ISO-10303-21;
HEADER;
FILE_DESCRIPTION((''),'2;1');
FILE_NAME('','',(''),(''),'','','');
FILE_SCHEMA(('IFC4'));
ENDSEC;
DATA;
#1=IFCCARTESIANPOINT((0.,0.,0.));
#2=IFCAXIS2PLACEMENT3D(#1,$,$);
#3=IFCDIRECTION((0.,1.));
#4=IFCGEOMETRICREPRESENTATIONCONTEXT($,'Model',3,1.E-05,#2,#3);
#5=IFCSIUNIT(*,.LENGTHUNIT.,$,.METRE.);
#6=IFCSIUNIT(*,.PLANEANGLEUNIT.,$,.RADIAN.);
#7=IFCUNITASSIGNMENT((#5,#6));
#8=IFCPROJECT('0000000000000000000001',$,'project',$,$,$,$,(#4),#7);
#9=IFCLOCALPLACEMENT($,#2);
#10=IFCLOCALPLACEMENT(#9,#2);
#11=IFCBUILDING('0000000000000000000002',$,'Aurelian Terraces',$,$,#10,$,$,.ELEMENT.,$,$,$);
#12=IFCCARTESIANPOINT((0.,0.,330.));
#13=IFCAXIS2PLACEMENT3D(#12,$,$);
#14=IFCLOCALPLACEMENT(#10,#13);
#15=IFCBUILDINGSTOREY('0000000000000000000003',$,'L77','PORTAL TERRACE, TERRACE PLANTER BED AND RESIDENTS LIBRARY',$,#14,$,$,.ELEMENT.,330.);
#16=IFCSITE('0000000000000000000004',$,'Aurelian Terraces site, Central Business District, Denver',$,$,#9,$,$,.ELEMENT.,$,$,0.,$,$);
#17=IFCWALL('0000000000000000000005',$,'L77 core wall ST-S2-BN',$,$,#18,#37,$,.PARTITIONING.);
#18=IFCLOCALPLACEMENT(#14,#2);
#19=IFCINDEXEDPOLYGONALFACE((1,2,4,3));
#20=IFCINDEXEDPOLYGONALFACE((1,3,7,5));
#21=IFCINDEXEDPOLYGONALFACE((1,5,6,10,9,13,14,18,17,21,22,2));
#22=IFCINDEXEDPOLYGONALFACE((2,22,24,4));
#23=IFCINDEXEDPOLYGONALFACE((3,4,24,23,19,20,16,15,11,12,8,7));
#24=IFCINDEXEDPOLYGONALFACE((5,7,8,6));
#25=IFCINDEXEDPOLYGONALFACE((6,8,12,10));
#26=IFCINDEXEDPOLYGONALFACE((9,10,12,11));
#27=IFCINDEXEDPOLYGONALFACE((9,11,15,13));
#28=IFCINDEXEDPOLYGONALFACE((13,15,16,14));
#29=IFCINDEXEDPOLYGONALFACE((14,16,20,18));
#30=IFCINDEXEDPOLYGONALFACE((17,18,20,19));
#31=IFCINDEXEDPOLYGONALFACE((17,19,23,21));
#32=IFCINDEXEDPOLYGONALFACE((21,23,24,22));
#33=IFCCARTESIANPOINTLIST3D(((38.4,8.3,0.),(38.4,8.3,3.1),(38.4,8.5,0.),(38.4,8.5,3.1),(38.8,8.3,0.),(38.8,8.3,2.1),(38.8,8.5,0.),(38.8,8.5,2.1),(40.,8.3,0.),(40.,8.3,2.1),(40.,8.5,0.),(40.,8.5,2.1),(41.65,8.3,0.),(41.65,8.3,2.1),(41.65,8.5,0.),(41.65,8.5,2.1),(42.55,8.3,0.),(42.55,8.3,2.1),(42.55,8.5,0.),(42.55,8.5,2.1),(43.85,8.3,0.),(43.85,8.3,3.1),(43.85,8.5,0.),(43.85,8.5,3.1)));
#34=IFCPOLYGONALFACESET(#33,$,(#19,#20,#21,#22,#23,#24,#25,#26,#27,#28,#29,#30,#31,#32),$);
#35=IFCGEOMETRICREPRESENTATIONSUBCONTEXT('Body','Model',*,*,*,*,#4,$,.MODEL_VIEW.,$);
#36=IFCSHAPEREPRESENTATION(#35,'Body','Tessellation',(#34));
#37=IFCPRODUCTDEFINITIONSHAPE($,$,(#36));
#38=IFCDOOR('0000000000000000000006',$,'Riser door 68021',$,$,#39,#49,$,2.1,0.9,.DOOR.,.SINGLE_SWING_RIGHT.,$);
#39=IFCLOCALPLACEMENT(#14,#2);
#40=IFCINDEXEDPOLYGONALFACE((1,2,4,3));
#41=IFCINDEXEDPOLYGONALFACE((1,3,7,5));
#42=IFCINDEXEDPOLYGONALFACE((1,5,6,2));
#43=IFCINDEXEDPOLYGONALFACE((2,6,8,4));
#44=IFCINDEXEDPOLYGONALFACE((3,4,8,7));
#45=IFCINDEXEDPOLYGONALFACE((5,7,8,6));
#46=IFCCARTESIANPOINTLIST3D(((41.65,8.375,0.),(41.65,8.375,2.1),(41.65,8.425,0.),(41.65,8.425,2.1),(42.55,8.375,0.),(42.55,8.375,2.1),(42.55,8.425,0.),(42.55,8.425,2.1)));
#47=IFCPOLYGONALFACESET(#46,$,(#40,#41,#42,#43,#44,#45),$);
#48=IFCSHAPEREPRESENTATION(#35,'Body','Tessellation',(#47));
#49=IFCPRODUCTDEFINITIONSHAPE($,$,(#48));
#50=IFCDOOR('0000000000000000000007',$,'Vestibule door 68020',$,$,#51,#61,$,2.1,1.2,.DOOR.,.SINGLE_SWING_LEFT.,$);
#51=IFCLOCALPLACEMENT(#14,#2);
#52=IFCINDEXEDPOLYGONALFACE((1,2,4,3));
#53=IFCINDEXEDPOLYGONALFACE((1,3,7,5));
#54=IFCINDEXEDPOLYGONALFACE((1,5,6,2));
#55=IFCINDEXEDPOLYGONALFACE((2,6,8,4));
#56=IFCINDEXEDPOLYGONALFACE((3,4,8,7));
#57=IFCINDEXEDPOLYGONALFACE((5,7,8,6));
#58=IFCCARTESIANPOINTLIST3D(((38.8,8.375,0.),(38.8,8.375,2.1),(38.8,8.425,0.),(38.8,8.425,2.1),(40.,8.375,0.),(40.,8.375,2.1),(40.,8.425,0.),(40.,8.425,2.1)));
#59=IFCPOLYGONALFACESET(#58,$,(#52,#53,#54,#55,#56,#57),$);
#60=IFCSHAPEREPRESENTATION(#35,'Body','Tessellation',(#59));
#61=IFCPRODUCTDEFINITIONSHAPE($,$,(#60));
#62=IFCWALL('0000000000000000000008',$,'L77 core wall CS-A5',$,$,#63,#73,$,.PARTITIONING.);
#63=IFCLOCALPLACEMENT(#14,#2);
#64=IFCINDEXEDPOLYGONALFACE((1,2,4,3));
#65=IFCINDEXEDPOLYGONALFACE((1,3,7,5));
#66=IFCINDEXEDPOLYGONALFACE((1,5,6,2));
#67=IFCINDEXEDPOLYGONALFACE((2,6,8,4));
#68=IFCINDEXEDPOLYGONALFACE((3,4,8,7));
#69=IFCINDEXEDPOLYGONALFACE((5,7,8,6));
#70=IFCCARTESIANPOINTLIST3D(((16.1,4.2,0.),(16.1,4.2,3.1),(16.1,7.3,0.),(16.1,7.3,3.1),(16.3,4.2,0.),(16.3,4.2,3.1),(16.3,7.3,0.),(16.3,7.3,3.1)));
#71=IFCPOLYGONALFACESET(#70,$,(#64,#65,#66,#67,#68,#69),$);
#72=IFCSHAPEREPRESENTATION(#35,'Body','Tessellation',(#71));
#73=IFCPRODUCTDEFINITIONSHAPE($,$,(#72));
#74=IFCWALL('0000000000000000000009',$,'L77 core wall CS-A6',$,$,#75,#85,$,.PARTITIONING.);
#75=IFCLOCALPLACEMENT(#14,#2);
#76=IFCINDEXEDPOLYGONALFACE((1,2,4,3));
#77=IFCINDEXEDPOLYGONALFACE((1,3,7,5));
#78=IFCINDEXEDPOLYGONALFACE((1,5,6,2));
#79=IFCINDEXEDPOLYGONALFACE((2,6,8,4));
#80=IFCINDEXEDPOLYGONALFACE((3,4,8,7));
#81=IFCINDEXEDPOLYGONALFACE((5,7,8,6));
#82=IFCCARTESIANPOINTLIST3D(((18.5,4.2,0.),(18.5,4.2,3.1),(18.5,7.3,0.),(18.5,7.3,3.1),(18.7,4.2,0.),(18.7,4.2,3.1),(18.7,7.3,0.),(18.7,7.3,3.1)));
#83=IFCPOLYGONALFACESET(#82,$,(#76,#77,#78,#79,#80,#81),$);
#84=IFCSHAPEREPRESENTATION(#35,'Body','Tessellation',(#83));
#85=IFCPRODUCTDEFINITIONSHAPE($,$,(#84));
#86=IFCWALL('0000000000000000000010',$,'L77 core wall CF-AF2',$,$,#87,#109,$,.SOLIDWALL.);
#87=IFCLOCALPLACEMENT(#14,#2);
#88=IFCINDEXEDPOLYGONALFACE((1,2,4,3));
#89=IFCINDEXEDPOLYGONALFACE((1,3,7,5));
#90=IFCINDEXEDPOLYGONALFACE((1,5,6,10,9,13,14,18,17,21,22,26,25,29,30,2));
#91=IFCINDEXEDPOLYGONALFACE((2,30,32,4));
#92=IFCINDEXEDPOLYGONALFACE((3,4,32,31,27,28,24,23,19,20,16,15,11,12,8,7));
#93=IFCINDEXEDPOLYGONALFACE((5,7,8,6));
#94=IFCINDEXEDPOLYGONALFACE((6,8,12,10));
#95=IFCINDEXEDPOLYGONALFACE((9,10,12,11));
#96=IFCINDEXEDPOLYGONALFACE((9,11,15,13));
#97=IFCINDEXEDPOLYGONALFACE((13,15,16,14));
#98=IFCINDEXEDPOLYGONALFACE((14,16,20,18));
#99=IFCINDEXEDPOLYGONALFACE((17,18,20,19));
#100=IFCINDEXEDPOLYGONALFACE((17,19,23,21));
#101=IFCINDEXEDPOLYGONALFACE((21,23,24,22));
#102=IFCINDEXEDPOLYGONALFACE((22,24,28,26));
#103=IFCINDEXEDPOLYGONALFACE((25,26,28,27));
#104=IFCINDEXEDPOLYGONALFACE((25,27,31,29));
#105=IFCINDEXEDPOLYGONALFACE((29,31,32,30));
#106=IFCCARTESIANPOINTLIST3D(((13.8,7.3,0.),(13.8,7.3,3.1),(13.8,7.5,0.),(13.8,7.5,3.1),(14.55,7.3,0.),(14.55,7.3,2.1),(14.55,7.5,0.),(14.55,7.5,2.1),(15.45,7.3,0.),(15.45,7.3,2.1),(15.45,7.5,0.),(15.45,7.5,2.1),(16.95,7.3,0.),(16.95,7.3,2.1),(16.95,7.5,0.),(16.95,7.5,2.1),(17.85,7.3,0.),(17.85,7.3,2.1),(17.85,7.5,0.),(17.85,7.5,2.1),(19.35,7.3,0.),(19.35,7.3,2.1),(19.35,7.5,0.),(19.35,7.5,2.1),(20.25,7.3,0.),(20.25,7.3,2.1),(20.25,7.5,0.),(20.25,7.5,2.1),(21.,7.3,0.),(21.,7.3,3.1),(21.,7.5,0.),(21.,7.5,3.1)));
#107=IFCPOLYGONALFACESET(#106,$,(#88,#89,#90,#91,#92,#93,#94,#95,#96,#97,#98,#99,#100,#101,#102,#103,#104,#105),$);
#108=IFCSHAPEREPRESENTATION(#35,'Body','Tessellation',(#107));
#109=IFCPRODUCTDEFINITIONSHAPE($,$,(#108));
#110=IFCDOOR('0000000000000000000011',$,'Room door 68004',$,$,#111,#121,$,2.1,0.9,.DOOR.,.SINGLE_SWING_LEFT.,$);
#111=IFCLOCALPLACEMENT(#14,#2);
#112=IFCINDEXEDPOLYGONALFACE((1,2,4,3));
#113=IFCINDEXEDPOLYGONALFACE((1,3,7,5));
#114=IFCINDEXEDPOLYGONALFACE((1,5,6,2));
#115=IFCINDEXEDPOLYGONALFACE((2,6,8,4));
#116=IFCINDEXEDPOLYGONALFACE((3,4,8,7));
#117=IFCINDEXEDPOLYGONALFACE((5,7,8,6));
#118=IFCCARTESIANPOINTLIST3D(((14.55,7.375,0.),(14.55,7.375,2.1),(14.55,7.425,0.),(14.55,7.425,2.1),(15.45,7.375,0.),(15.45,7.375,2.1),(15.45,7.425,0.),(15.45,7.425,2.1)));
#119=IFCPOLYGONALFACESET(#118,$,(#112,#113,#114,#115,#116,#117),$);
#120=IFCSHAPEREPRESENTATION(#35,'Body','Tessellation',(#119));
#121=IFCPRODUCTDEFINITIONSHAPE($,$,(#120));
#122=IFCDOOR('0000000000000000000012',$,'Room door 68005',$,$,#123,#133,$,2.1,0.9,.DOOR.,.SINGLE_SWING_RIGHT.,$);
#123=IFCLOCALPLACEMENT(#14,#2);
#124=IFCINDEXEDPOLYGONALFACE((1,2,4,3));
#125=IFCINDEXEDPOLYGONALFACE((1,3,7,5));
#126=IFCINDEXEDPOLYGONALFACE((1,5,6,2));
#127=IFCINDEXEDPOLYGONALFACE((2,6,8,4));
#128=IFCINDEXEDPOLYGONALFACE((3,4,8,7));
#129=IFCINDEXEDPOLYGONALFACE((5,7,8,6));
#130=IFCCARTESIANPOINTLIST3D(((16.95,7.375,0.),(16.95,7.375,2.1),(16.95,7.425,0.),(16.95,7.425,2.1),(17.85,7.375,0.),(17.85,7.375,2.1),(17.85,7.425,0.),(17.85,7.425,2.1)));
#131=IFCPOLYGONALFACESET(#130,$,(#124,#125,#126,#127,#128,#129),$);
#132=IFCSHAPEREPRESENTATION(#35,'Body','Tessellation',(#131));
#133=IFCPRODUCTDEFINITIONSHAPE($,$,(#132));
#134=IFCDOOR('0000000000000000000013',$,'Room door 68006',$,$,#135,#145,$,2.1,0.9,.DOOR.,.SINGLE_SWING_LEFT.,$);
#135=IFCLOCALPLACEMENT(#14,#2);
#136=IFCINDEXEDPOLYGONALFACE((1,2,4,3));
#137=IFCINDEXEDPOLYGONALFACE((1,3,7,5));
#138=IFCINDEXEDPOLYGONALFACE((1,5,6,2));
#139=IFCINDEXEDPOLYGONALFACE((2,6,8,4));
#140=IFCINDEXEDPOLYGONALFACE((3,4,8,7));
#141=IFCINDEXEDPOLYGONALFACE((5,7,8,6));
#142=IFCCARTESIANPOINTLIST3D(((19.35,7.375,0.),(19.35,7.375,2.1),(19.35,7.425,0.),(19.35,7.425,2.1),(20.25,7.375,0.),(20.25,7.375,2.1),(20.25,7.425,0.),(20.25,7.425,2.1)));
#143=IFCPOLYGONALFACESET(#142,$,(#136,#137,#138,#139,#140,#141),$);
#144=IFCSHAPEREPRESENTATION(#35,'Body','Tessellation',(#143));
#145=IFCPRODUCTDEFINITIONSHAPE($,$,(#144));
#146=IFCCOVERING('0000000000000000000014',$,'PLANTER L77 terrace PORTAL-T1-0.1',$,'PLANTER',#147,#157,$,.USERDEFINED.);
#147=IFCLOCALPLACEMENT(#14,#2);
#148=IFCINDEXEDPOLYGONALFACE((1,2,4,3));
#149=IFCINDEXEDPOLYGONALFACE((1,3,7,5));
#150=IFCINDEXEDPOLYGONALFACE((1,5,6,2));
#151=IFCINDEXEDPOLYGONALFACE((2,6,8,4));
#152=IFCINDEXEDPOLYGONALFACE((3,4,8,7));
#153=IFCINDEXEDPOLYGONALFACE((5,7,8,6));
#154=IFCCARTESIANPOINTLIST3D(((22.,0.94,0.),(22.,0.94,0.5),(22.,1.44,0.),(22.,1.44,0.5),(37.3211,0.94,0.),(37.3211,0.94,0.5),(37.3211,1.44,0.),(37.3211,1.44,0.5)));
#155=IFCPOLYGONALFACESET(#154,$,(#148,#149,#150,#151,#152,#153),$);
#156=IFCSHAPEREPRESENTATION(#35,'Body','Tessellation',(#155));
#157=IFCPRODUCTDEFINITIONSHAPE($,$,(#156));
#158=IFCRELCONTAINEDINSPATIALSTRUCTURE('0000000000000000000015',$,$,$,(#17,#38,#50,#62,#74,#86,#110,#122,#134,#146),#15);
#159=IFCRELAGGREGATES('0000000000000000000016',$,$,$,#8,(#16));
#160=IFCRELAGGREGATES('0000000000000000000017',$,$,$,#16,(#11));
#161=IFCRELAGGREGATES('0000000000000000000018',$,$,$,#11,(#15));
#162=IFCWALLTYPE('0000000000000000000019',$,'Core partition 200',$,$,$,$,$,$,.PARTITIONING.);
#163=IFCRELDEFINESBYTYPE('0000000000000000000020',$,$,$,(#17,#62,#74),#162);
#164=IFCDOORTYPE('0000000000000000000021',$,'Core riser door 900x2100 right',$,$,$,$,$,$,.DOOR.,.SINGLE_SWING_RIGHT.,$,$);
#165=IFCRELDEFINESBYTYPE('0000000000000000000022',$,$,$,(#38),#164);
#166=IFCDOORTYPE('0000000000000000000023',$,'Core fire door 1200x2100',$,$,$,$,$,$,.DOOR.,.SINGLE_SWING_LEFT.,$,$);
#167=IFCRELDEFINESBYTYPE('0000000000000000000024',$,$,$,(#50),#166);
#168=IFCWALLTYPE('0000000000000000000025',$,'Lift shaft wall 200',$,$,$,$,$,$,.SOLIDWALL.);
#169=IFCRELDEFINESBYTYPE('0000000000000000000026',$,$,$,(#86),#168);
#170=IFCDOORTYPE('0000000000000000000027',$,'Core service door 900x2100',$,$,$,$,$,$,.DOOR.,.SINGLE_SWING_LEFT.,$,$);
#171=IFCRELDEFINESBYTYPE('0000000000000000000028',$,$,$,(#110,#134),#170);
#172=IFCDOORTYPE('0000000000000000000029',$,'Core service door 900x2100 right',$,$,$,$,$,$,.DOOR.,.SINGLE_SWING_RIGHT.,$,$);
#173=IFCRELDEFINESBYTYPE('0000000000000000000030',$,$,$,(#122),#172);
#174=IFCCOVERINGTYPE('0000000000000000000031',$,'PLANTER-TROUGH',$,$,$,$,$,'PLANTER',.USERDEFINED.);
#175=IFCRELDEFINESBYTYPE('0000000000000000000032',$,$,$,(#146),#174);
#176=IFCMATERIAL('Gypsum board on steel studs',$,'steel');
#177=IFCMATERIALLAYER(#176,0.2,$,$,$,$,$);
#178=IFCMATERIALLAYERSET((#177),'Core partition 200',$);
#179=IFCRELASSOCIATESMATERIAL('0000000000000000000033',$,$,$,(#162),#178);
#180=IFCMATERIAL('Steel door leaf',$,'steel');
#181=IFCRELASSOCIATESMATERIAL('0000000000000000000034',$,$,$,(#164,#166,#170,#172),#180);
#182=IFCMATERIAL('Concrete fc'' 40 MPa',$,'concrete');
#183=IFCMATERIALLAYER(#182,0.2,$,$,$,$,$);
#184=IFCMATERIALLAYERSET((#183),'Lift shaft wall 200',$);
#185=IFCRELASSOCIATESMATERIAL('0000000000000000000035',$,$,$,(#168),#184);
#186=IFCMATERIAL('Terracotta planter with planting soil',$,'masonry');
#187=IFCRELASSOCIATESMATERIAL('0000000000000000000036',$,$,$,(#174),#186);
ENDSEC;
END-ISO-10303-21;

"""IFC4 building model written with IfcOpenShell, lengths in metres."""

from ifc_helpers import new_model, si_unit, direction, frame, frame_2d, origin, origin_2d, place, context, subcontext, project, spatial, rectangle, extrude, source, transform, mapped, material, layer, layer_set, type_object, element, fill, save


model = new_model("IFC4")

# Units and contexts
model_context = context("Model", 3, precision=1e-05, world=origin(), true_north=direction((0.0, 1.0)))
body_context = subcontext(model_context, "Body", "Model", "MODEL_VIEW")
ifc_project = project(units=[si_unit("LENGTHUNIT", "METRE"), si_unit("PLANEANGLEUNIT", "RADIAN")], contexts=[model_context])

# Site, building, storey
site_placement = place(None, origin())
site = spatial("IfcSite", under=ifc_project, at=site_placement, Name="Aurelian Terraces site, Central Business District, Denver", CompositionType="ELEMENT", RefElevation=0.0)
building_placement = place(site_placement, origin())
building = spatial("IfcBuilding", under=site, at=building_placement, Name="Aurelian Terraces", CompositionType="ELEMENT")
storey_placement = place(building_placement, frame((0.0, 0.0, 330.0)))
storey = spatial("IfcBuildingStorey", under=building, at=storey_placement, Name="L77", Description="PORTAL TERRACE, TERRACE PLANTER BED AND RESIDENTS LIBRARY", CompositionType="ELEMENT", Elevation=330.0)

# Shared definitions
ifc_material_1 = material(Name="Concrete fc' 40 MPa", Category="concrete")

# Shared definitions
ifc_material_2 = material(Name="Steel door leaf", Category="steel")

# Wall, openings, doors
ifc_material_3 = material(Name="Gypsum board on steel studs", Category="steel")
ifc_layer_1 = layer(ifc_material_3, 0.2)
ifc_layer_set_1 = layer_set([ifc_layer_1], Name="Core partition 200")
wall_type_1 = type_object("IfcWallType", Name="Core partition 200", PredefinedType="PARTITIONING", material=ifc_layer_set_1)
shared_shape_1 = source(origin(), body_context, "Body", "SweptSolid", [
    extrude(rectangle(XDim=5.45, YDim=0.2, at=frame_2d((2.725, 0.0))), origin(), (0.0, 0.0, 1.0), 3.1),
])
wall_1_placement = place(storey_placement, frame((38.4, 8.4, 0.0), z_axis=(0.0, 0.0, 1.0), x_axis=(1.0, 0.0, 0.0)))
wall_1 = element("IfcWall", 1, at=wall_1_placement, inside=storey, type_object=wall_type_1, Name="L77 core wall ST-S2-BN", PredefinedType="PARTITIONING", context=body_context, shape_type="MappedRepresentation", body=[
    mapped(shared_shape_1, transform((0.0, 0.0, 0.0), scale=1.0)),
])
shared_shape_2 = source(origin(), body_context, "Body", "SweptSolid", [
    extrude(rectangle(XDim=1.2, YDim=2.1, at=frame_2d((0.6, 1.05))), frame((0.0, 0.11, 0.0), z_axis=(0.0, -1.0, 0.0), x_axis=(1.0, 0.0, 0.0)), (0.0, 0.0, 1.0), 0.22),
])
opening_1_placement = place(wall_1_placement, frame((0.4, 0.0, 0.0)))
opening_1 = element("IfcOpeningElement", 2, at=opening_1_placement, cuts=wall_1, PredefinedType="OPENING", context=body_context, shape_type="MappedRepresentation", body=[
    mapped(shared_shape_2, transform((0.0, 0.0, 0.0), scale=1.0)),
])
shared_shape_3 = source(origin(), body_context, "Body", "SweptSolid", [
    extrude(rectangle(XDim=0.9, YDim=2.1, at=frame_2d((0.45, 1.05))), frame((0.0, 0.11, 0.0), z_axis=(0.0, -1.0, 0.0), x_axis=(1.0, 0.0, 0.0)), (0.0, 0.0, 1.0), 0.22),
])
opening_2_placement = place(wall_1_placement, frame((3.25, 0.0, 0.0)))
opening_2 = element("IfcOpeningElement", 3, at=opening_2_placement, cuts=wall_1, PredefinedType="OPENING", context=body_context, shape_type="MappedRepresentation", body=[
    mapped(shared_shape_3, transform((0.0, 0.0, 0.0), scale=1.0)),
])
door_type_1 = type_object("IfcDoorType", Name="Core riser door 900x2100 right", OperationType="SINGLE_SWING_RIGHT", PredefinedType="DOOR", material=ifc_material_2)
shared_shape_4 = source(origin(), body_context, "Body", "SweptSolid", [
    extrude(rectangle(XDim=0.9, YDim=2.1, at=frame_2d((0.45, 1.05))), frame((0.0, 0.025, 0.0), z_axis=(0.0, -1.0, 0.0), x_axis=(1.0, 0.0, 0.0)), (0.0, 0.0, 1.0), 0.05),
])
door_1_placement = place(opening_2_placement, origin())
door_1 = element("IfcDoor", 4, at=door_1_placement, inside=storey, type_object=door_type_1, Name="Riser door 68021", OperationType="SINGLE_SWING_RIGHT", OverallHeight=2.1, OverallWidth=0.9, PredefinedType="DOOR", context=body_context, shape_type="MappedRepresentation", body=[
    mapped(shared_shape_4, transform((0.0, 0.0, 0.0), scale=1.0)),
])
fill(opening_2, door_1)
door_type_2 = type_object("IfcDoorType", Name="Core fire door 1200x2100", OperationType="SINGLE_SWING_LEFT", PredefinedType="DOOR", material=ifc_material_2)
shared_shape_5 = source(origin(), body_context, "Body", "SweptSolid", [
    extrude(rectangle(XDim=1.2, YDim=2.1, at=frame_2d((0.6, 1.05))), frame((0.0, 0.025, 0.0), z_axis=(0.0, -1.0, 0.0), x_axis=(1.0, 0.0, 0.0)), (0.0, 0.0, 1.0), 0.05),
])
door_2_placement = place(opening_1_placement, origin())
door_2 = element("IfcDoor", 5, at=door_2_placement, inside=storey, type_object=door_type_2, Name="Vestibule door 68020", OperationType="SINGLE_SWING_LEFT", OverallHeight=2.1, OverallWidth=1.2, PredefinedType="DOOR", context=body_context, shape_type="MappedRepresentation", body=[
    mapped(shared_shape_5, transform((0.0, 0.0, 0.0), scale=1.0)),
])
fill(opening_1, door_2)

# Walls
shared_shape_6 = source(origin(), body_context, "Body", "SweptSolid", [
    extrude(rectangle(XDim=3.1, YDim=0.2, at=frame_2d((1.55, 0.0))), origin(), (0.0, 0.0, 1.0), 3.1),
])
for number, where, z_axis, x_axis, name in (
    (6, (16.2, 4.2, 0.0), (0.0, 0.0, 1.0), (0.0, 1.0, 0.0), "L77 core wall CS-A5"),
    (7, (18.6, 4.2, 0.0), (0.0, 0.0, 1.0), (0.0, 1.0, 0.0), "L77 core wall CS-A6"),
):
    element("IfcWall", number, at=place(storey_placement, frame(where, z_axis=z_axis, x_axis=x_axis)), inside=storey, type_object=wall_type_1, Name=name, PredefinedType="PARTITIONING", context=body_context, shape_type="MappedRepresentation", body=[
        mapped(shared_shape_6, transform((0.0, 0.0, 0.0), scale=1.0)),
    ])

# Wall, openings, doors
ifc_layer_2 = layer(ifc_material_1, 0.2)
ifc_layer_set_2 = layer_set([ifc_layer_2], Name="Lift shaft wall 200")
wall_type_2 = type_object("IfcWallType", Name="Lift shaft wall 200", PredefinedType="SOLIDWALL", material=ifc_layer_set_2)
shared_shape_7 = source(origin(), body_context, "Body", "SweptSolid", [
    extrude(rectangle(XDim=7.2, YDim=0.2, at=frame_2d((3.6, 0.0))), origin(), (0.0, 0.0, 1.0), 3.1),
])
wall_2_placement = place(storey_placement, frame((13.8, 7.4, 0.0), z_axis=(0.0, 0.0, 1.0), x_axis=(1.0, 0.0, 0.0)))
wall_2 = element("IfcWall", 8, at=wall_2_placement, inside=storey, type_object=wall_type_2, Name="L77 core wall CF-AF2", PredefinedType="SOLIDWALL", context=body_context, shape_type="MappedRepresentation", body=[
    mapped(shared_shape_7, transform((0.0, 0.0, 0.0), scale=1.0)),
])
opening_3_placement = place(wall_2_placement, frame((0.75, 0.0, 0.0)))
opening_3 = element("IfcOpeningElement", 9, at=opening_3_placement, cuts=wall_2, PredefinedType="OPENING", context=body_context, shape_type="MappedRepresentation", body=[
    mapped(shared_shape_3, transform((0.0, 0.0, 0.0), scale=1.0)),
])
opening_4_placement = place(wall_2_placement, frame((3.15, 0.0, 0.0)))
opening_4 = element("IfcOpeningElement", 10, at=opening_4_placement, cuts=wall_2, PredefinedType="OPENING", context=body_context, shape_type="MappedRepresentation", body=[
    mapped(shared_shape_3, transform((0.0, 0.0, 0.0), scale=1.0)),
])
opening_5_placement = place(wall_2_placement, frame((5.55, 0.0, 0.0)))
opening_5 = element("IfcOpeningElement", 11, at=opening_5_placement, cuts=wall_2, PredefinedType="OPENING", context=body_context, shape_type="MappedRepresentation", body=[
    mapped(shared_shape_3, transform((0.0, 0.0, 0.0), scale=1.0)),
])
door_type_3 = type_object("IfcDoorType", Name="Core service door 900x2100", OperationType="SINGLE_SWING_LEFT", PredefinedType="DOOR", material=ifc_material_2)
door_3_placement = place(opening_3_placement, origin())
door_3 = element("IfcDoor", 12, at=door_3_placement, inside=storey, type_object=door_type_3, Name="Room door 68004", OperationType="SINGLE_SWING_LEFT", OverallHeight=2.1, OverallWidth=0.9, PredefinedType="DOOR", context=body_context, shape_type="MappedRepresentation", body=[
    mapped(shared_shape_4, transform((0.0, 0.0, 0.0), scale=1.0)),
])
fill(opening_3, door_3)
door_type_4 = type_object("IfcDoorType", Name="Core service door 900x2100 right", OperationType="SINGLE_SWING_RIGHT", PredefinedType="DOOR", material=ifc_material_2)
door_4_placement = place(opening_4_placement, origin())
door_4 = element("IfcDoor", 13, at=door_4_placement, inside=storey, type_object=door_type_4, Name="Room door 68005", OperationType="SINGLE_SWING_RIGHT", OverallHeight=2.1, OverallWidth=0.9, PredefinedType="DOOR", context=body_context, shape_type="MappedRepresentation", body=[
    mapped(shared_shape_4, transform((0.0, 0.0, 0.0), scale=1.0)),
])
fill(opening_4, door_4)
door_5_placement = place(opening_5_placement, origin())
door_5 = element("IfcDoor", 14, at=door_5_placement, inside=storey, type_object=door_type_3, Name="Room door 68006", OperationType="SINGLE_SWING_LEFT", OverallHeight=2.1, OverallWidth=0.9, PredefinedType="DOOR", context=body_context, shape_type="MappedRepresentation", body=[
    mapped(shared_shape_4, transform((0.0, 0.0, 0.0), scale=1.0)),
])
fill(opening_5, door_5)

# Covering
ifc_material_4 = material(Name="Terracotta planter with planting soil", Category="masonry")
covering_type_1 = type_object("IfcCoveringType", Name="PLANTER-TROUGH", ElementType="PLANTER", PredefinedType="USERDEFINED", material=ifc_material_4)
covering_1_placement = place(storey_placement, frame((29.6606, 1.19, 0.0), z_axis=(0.0, 0.0, 1.0), x_axis=(1.0, 0.0, 0.0)))
element("IfcCovering", 15, at=covering_1_placement, inside=storey, type_object=covering_type_1, Name="PLANTER L77 terrace PORTAL-T1-0.1", ObjectType="PLANTER", PredefinedType="USERDEFINED", context=body_context, shape_type="SweptSolid", body=[
    extrude(rectangle(XDim=15.3211, YDim=0.5, at=origin_2d()), origin(), (0.0, 0.0, 1.0), 0.5),
])

save(model, "model.ifc")
